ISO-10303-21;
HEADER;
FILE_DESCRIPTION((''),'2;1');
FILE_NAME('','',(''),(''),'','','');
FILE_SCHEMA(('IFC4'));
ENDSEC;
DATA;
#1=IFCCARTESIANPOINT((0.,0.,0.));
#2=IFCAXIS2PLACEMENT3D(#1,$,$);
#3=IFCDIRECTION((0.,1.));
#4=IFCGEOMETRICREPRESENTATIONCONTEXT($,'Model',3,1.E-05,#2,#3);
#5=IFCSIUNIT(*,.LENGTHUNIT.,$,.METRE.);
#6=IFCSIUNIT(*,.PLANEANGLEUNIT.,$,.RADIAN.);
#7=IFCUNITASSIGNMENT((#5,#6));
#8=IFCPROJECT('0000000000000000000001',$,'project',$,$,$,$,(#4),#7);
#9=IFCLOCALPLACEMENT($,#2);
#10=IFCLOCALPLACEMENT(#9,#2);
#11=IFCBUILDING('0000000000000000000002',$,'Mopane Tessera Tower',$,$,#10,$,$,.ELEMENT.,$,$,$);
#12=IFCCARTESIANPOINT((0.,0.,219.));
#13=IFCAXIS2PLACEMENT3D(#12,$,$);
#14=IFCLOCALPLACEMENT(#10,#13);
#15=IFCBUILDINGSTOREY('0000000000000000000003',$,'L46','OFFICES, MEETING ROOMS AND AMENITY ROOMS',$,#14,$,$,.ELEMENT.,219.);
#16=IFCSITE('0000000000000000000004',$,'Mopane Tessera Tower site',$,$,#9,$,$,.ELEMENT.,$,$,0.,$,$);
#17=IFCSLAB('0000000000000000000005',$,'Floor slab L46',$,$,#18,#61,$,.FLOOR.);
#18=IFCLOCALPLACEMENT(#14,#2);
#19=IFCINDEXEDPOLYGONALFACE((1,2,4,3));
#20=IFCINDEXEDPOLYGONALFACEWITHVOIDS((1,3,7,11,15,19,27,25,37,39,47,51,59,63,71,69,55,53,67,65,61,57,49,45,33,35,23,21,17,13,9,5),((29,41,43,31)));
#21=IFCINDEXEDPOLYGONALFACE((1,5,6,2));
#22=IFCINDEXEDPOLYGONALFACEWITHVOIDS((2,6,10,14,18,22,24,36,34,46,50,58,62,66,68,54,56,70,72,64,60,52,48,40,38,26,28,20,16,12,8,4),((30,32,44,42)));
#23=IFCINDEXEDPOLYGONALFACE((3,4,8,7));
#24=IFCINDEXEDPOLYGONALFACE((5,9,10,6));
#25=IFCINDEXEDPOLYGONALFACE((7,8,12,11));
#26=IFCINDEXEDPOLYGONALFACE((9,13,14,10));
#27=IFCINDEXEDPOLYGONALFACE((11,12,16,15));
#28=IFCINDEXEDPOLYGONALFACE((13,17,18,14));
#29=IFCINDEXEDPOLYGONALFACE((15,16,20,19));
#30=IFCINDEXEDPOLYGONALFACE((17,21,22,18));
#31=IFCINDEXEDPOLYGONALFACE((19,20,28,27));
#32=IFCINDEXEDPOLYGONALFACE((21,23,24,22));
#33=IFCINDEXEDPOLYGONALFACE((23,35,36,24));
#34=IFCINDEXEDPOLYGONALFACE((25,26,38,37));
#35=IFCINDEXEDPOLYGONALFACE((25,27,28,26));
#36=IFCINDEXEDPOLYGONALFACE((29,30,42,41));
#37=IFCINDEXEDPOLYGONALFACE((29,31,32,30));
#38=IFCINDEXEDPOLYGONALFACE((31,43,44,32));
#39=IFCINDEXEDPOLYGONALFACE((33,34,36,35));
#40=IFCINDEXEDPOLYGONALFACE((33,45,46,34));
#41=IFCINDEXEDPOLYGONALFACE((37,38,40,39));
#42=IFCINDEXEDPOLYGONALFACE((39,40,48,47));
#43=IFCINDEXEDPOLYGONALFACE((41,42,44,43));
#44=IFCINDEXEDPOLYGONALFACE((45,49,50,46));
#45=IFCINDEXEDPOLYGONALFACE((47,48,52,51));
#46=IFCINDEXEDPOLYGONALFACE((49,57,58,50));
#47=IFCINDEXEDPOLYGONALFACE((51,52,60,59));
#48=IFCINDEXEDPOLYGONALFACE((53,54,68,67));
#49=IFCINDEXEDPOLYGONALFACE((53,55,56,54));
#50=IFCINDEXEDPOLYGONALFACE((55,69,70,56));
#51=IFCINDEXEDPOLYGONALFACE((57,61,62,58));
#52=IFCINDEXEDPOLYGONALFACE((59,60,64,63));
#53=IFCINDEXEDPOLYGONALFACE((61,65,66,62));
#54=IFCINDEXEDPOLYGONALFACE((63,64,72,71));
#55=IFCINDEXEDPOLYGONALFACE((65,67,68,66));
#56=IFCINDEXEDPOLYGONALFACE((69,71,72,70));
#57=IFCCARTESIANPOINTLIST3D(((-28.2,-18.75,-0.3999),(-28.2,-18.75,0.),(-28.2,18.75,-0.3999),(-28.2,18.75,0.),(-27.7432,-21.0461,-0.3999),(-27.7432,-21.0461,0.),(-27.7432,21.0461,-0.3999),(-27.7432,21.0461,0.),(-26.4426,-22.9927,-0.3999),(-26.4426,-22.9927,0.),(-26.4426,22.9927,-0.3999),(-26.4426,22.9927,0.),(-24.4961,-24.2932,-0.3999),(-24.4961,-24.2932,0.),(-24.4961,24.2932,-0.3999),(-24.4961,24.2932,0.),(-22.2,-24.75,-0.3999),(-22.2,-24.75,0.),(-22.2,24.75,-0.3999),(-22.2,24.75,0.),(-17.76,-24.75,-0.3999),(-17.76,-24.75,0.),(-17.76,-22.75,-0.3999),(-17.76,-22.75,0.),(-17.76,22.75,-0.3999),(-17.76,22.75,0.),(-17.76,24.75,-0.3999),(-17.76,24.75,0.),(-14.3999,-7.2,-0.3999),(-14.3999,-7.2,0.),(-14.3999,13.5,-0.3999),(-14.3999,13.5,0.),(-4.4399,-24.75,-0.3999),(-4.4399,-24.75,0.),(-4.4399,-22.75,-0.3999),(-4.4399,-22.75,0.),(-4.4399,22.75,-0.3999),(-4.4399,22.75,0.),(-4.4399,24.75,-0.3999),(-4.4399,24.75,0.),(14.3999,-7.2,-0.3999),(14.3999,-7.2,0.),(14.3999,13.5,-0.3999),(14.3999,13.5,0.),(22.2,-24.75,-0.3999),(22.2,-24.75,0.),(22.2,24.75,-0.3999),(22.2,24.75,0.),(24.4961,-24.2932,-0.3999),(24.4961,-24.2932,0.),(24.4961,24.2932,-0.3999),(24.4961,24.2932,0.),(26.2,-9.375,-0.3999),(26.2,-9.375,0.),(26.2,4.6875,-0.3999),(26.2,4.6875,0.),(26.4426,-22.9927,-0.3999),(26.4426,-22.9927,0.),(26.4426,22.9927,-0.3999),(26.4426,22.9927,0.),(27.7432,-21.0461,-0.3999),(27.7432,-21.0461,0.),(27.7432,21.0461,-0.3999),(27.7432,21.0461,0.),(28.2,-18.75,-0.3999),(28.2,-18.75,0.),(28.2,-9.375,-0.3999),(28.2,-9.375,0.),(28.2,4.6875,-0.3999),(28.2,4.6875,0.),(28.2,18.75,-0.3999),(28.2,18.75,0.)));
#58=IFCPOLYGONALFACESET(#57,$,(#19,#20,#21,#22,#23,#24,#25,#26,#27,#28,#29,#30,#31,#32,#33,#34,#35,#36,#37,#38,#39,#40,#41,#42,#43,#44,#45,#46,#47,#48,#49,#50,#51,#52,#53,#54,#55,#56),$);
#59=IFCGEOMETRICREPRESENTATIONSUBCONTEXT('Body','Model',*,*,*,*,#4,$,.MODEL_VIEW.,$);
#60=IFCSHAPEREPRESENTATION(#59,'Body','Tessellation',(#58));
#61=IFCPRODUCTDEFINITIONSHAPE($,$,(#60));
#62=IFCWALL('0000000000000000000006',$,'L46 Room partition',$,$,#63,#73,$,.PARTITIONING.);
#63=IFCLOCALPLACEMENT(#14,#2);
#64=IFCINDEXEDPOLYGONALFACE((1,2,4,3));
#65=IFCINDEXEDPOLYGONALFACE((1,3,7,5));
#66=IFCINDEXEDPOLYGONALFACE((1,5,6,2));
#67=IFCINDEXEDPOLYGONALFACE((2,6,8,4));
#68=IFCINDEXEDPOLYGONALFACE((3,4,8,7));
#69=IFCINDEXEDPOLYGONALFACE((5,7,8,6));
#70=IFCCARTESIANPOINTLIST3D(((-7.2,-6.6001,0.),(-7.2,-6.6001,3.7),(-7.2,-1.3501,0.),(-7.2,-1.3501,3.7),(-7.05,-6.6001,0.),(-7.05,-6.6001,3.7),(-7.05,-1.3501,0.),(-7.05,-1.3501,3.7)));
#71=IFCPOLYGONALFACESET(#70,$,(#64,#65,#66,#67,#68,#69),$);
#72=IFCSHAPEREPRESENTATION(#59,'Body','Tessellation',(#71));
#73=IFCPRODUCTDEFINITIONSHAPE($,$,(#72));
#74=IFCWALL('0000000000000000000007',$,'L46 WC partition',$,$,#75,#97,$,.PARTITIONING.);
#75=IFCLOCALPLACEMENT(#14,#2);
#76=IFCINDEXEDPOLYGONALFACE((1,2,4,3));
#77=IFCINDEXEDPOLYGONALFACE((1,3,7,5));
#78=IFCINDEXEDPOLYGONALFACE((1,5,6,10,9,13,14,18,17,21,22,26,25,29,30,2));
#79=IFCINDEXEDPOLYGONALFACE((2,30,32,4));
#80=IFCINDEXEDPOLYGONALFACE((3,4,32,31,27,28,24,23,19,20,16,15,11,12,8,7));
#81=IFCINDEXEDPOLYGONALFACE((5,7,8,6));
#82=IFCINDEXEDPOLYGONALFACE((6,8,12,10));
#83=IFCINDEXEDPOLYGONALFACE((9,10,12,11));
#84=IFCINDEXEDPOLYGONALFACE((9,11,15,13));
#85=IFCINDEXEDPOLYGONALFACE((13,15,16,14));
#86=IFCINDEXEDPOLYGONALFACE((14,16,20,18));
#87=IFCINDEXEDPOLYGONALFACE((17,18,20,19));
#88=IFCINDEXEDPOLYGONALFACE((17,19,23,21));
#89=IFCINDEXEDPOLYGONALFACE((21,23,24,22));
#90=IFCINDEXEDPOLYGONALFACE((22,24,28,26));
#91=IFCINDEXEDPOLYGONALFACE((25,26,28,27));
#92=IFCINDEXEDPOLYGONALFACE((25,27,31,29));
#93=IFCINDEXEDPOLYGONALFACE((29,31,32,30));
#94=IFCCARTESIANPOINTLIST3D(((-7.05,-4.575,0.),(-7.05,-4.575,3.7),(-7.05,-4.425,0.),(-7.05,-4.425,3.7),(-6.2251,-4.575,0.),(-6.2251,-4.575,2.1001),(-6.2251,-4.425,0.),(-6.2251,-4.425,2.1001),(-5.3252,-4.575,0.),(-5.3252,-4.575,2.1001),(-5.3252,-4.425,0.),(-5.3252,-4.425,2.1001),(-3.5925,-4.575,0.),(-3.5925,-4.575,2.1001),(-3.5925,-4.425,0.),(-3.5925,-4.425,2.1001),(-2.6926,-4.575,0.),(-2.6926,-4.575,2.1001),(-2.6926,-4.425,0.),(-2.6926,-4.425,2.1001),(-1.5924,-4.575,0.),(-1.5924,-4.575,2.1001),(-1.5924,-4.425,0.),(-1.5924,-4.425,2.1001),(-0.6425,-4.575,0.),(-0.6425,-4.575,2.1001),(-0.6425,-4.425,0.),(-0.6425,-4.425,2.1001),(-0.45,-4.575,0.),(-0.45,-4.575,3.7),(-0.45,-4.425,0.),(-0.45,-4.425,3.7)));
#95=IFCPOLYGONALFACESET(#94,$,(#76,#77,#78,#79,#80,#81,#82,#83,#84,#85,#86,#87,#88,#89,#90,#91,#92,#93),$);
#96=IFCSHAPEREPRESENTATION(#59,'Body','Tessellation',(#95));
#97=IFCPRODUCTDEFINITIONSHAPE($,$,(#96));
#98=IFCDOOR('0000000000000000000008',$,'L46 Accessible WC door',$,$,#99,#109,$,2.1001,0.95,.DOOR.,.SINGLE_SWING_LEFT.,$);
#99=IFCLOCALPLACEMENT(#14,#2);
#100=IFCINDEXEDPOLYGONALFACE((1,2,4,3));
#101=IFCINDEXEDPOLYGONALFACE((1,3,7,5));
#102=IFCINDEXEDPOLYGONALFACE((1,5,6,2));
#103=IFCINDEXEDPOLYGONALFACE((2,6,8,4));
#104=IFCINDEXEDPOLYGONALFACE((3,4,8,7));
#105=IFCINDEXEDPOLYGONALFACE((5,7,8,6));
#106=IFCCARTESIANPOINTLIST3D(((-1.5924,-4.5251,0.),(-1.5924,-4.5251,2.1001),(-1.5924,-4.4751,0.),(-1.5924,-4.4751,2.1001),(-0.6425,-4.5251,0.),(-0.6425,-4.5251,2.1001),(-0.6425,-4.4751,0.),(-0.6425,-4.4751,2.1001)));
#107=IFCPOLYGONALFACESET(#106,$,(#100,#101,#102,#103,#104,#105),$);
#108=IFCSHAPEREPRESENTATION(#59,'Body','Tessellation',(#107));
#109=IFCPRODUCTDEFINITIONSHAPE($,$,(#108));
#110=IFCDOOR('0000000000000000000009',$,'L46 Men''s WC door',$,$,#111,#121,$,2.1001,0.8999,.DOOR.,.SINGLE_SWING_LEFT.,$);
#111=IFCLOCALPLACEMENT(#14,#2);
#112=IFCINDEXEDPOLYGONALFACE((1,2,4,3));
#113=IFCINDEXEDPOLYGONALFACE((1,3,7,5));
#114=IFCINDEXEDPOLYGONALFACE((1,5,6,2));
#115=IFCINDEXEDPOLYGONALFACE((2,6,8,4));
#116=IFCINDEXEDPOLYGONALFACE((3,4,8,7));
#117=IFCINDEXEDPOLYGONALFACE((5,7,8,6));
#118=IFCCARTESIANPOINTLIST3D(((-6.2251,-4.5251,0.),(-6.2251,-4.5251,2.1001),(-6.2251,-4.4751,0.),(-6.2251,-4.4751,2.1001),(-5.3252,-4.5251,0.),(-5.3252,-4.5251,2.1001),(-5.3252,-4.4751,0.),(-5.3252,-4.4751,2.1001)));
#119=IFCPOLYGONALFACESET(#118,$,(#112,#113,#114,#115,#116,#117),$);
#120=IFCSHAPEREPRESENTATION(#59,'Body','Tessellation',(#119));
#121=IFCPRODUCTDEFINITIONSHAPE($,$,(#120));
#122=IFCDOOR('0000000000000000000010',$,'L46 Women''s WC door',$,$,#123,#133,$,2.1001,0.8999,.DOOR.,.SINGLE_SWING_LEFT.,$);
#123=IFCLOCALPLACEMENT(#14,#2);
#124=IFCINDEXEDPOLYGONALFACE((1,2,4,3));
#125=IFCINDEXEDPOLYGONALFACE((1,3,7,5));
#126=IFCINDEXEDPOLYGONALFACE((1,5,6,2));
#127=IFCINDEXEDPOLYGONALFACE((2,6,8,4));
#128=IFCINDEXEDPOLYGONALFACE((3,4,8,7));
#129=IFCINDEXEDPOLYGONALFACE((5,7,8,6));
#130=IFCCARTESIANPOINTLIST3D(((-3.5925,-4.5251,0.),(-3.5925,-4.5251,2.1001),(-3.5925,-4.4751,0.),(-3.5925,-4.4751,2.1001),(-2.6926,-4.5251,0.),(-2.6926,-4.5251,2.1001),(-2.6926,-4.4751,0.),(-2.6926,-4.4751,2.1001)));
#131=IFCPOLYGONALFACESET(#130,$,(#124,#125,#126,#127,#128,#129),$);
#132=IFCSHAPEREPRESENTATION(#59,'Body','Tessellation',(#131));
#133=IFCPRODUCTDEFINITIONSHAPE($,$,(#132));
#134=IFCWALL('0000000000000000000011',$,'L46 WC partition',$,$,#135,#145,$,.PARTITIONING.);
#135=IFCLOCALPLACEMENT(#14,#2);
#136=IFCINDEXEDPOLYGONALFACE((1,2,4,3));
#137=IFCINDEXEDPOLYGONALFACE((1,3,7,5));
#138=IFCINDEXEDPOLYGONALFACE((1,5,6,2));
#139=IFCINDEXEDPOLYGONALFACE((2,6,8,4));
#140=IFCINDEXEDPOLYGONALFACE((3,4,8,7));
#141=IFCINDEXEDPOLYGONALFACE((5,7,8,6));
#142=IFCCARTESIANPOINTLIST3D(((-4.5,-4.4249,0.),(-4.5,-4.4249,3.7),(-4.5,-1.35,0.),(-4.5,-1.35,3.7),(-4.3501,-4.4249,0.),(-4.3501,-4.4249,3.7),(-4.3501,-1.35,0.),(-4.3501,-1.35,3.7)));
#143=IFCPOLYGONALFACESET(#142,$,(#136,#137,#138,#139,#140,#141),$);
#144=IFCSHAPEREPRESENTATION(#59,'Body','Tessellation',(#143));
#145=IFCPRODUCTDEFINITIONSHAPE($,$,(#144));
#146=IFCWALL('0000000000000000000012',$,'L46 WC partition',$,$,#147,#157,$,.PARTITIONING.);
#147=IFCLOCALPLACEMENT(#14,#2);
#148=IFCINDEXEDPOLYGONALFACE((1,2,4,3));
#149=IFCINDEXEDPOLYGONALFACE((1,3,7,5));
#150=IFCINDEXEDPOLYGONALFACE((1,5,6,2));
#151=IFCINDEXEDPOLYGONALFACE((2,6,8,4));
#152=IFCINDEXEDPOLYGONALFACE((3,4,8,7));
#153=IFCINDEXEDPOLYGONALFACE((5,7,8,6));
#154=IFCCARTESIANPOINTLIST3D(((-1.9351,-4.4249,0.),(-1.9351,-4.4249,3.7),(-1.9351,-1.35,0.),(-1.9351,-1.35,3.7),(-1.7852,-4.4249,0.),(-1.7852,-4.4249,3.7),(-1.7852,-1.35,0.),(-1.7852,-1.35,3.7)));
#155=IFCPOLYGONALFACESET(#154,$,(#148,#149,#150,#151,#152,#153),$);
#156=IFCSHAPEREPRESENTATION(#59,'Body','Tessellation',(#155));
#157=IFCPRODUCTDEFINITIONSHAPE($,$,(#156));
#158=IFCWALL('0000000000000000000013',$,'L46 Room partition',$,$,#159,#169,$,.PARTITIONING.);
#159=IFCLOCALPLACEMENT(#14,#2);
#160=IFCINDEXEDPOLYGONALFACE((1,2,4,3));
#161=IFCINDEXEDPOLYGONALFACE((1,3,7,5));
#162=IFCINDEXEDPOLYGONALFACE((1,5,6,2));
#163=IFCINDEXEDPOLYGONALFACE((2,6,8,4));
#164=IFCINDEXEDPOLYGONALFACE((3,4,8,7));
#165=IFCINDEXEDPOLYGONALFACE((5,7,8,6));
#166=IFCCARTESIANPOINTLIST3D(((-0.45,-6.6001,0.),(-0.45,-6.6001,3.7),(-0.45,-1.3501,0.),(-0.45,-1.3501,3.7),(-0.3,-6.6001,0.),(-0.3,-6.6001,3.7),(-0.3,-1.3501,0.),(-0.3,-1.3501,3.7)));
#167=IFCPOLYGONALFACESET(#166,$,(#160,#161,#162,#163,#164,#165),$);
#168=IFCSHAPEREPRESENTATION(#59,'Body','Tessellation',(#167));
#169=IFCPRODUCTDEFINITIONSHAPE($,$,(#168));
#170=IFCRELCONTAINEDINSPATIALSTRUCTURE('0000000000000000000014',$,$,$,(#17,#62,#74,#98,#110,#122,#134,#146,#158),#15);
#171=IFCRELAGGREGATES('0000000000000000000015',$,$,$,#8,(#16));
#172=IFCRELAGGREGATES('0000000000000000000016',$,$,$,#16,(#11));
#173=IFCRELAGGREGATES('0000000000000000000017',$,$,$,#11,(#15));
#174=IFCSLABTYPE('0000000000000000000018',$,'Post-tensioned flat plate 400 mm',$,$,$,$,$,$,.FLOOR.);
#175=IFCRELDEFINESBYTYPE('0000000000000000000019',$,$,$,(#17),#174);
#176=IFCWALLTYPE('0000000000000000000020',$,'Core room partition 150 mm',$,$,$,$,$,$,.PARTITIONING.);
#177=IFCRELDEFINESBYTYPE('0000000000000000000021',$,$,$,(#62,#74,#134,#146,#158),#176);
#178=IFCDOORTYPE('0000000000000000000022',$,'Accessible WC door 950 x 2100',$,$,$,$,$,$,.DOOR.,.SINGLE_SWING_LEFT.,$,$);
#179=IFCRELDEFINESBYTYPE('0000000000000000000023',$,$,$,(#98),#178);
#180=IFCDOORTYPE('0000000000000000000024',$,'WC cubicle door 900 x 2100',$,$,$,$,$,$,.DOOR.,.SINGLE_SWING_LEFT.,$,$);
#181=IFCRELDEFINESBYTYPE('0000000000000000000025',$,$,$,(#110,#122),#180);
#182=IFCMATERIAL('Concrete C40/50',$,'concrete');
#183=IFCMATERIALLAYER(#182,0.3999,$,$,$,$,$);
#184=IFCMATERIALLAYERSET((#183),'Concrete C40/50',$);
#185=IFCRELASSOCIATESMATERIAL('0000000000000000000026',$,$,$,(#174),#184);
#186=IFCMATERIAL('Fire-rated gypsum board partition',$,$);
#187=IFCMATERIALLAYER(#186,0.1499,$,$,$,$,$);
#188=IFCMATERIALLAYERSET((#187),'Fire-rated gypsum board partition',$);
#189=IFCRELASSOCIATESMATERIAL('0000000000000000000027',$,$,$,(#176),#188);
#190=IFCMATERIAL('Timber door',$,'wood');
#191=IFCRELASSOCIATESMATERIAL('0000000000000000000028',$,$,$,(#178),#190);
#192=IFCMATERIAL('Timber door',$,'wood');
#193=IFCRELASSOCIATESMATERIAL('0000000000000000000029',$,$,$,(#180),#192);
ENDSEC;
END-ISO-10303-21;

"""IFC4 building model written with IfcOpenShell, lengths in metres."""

from ifc_helpers import new_model, si_unit, direction, frame, frame_2d, origin, place, context, subcontext, project, spatial, polyline, rectangle, outline, extrude, material, layer, layer_set, type_object, element, fill, save


model = new_model("IFC4")

# Units and contexts
model_context = context("Model", 3, precision=1e-05, world=origin(), true_north=direction((0.0, 1.0)))
body_context = subcontext(model_context, "Body", "Model", "MODEL_VIEW")
ifc_project = project(units=[si_unit("LENGTHUNIT", "METRE"), si_unit("PLANEANGLEUNIT", "RADIAN")], contexts=[model_context])

# Site, building, storey
site_placement = place(None, origin())
site = spatial("IfcSite", under=ifc_project, at=site_placement, Name="Mopane Tessera Tower site", CompositionType="ELEMENT", RefElevation=0.0)
building_placement = place(site_placement, origin())
building = spatial("IfcBuilding", under=site, at=building_placement, Name="Mopane Tessera Tower", CompositionType="ELEMENT")
storey_placement = place(building_placement, frame((0.0, 0.0, 219.0)))
storey = spatial("IfcBuildingStorey", under=building, at=storey_placement, Name="L46", Description="OFFICES, MEETING ROOMS AND AMENITY ROOMS", CompositionType="ELEMENT", Elevation=219.0)

# Slab
ifc_material_1 = material(Name="Concrete C40/50", Category="concrete")
ifc_layer_1 = layer(ifc_material_1, 0.3999)
ifc_layer_set_1 = layer_set([ifc_layer_1], Name="Concrete C40/50")
slab_type = type_object("IfcSlabType", Name="Post-tensioned flat plate 400 mm", PredefinedType="FLOOR", material=ifc_layer_set_1)
slab_placement = place(storey_placement, frame((0.0, 0.0, -0.3999)))
element("IfcSlab", 1, at=slab_placement, inside=storey, type_object=slab_type, Name="Floor slab L46", PredefinedType="FLOOR", context=body_context, shape_type="SweptSolid", body=[
    extrude(outline(polyline([(-22.2, -24.75), (-17.76, -24.75), (-17.76, -22.75), (-4.4399, -22.75), (-4.4399, -24.75), (22.2, -24.75), (24.4961, -24.2932), (26.4426, -22.9927), (27.7432, -21.0461), (28.2, -18.75), (28.2, -9.375), (26.2, -9.375), (26.2, 4.6875), (28.2, 4.6875), (28.2, 18.75), (27.7432, 21.0461), (26.4426, 22.9927), (24.4961, 24.2932), (22.2, 24.75), (-4.4399, 24.75), (-4.4399, 22.75), (-17.76, 22.75), (-17.76, 24.75), (-22.2, 24.75), (-24.4961, 24.2932), (-26.4426, 22.9927), (-27.7432, 21.0461), (-28.2, 18.75), (-28.2, -18.75), (-27.7432, -21.0461), (-26.4426, -22.9927), (-24.4961, -24.2932), (-22.2, -24.75)]), holes=[polyline([(14.3999, -7.2), (-14.3999, -7.2), (-14.3999, 13.5), (14.3999, 13.5), (14.3999, -7.2)])]), origin(), (0.0, 0.0, 1.0), 0.3999),
])

# Wall
ifc_material_2 = material(Name="Fire-rated gypsum board partition")
ifc_layer_2 = layer(ifc_material_2, 0.1499)
ifc_layer_set_2 = layer_set([ifc_layer_2], Name="Fire-rated gypsum board partition")
wall_type_1 = type_object("IfcWallType", Name="Core room partition 150 mm", PredefinedType="PARTITIONING", material=ifc_layer_set_2)
wall_1_placement = place(storey_placement, frame((-7.125, -6.6001, 0.0), z_axis=(0.0, 0.0, 1.0), x_axis=(0.0, 1.0, 0.0)))
element("IfcWall", 2, at=wall_1_placement, inside=storey, type_object=wall_type_1, Name="L46 Room partition", PredefinedType="PARTITIONING", context=body_context, shape_type="SweptSolid", body=[
    extrude(rectangle(XDim=5.25, YDim=0.1499, at=frame_2d((2.625, 0.0))), origin(), (0.0, 0.0, 1.0), 3.7),
])

# Wall, openings, doors
wall_2_placement = place(storey_placement, frame((-7.05, -4.5, 0.0), z_axis=(0.0, 0.0, 1.0), x_axis=(1.0, 0.0, 0.0)))
wall_2 = element("IfcWall", 3, at=wall_2_placement, inside=storey, type_object=wall_type_1, Name="L46 WC partition", PredefinedType="PARTITIONING", context=body_context, shape_type="SweptSolid", body=[
    extrude(rectangle(XDim=6.6001, YDim=0.1499, at=frame_2d((3.3, 0.0))), origin(), (0.0, 0.0, 1.0), 3.7),
])
opening_1_placement = place(wall_2_placement, frame((0.825, 0.0, 0.0)))
opening_1 = element("IfcOpeningElement", 4, at=opening_1_placement, cuts=wall_2, PredefinedType="OPENING", context=body_context, shape_type="SweptSolid", body=[
    extrude(rectangle(XDim=0.8999, YDim=2.1001, at=frame_2d((0.45, 1.05))), frame((0.0, 0.0869, 0.0), z_axis=(0.0, -1.0, 0.0), x_axis=(1.0, 0.0, 0.0)), (0.0, 0.0, 1.0), 0.1738),
])
opening_2_placement = place(wall_2_placement, frame((3.4575, 0.0, 0.0)))
opening_2 = element("IfcOpeningElement", 5, at=opening_2_placement, cuts=wall_2, PredefinedType="OPENING", context=body_context, shape_type="SweptSolid", body=[
    extrude(rectangle(XDim=0.8999, YDim=2.1001, at=frame_2d((0.45, 1.05))), frame((0.0, 0.0869, 0.0), z_axis=(0.0, -1.0, 0.0), x_axis=(1.0, 0.0, 0.0)), (0.0, 0.0, 1.0), 0.1738),
])
opening_3_placement = place(wall_2_placement, frame((5.4575, 0.0, 0.0)))
opening_3 = element("IfcOpeningElement", 6, at=opening_3_placement, cuts=wall_2, PredefinedType="OPENING", context=body_context, shape_type="SweptSolid", body=[
    extrude(rectangle(XDim=0.95, YDim=2.1001, at=frame_2d((0.4751, 1.05))), frame((0.0, 0.0869, 0.0), z_axis=(0.0, -1.0, 0.0), x_axis=(1.0, 0.0, 0.0)), (0.0, 0.0, 1.0), 0.1738),
])
ifc_material_3 = material(Name="Timber door", Category="wood")
door_type_1 = type_object("IfcDoorType", Name="Accessible WC door 950 x 2100", OperationType="SINGLE_SWING_LEFT", PredefinedType="DOOR", material=ifc_material_3)
door_1_placement = place(opening_3_placement, origin())
door_1 = element("IfcDoor", 7, at=door_1_placement, inside=storey, type_object=door_type_1, Name="L46 Accessible WC door", OperationType="SINGLE_SWING_LEFT", OverallHeight=2.1001, OverallWidth=0.95, PredefinedType="DOOR", context=body_context, shape_type="SweptSolid", body=[
    extrude(rectangle(XDim=0.95, YDim=2.1001, at=frame_2d((0.4751, 1.05))), frame((0.0, 0.0249, 0.0), z_axis=(0.0, -1.0, 0.0), x_axis=(1.0, 0.0, 0.0)), (0.0, 0.0, 1.0), 0.05),
])
fill(opening_3, door_1)
ifc_material_4 = material(Name="Timber door", Category="wood")
door_type_2 = type_object("IfcDoorType", Name="WC cubicle door 900 x 2100", OperationType="SINGLE_SWING_LEFT", PredefinedType="DOOR", material=ifc_material_4)
door_2_placement = place(opening_1_placement, origin())
door_2 = element("IfcDoor", 8, at=door_2_placement, inside=storey, type_object=door_type_2, Name="L46 Men's WC door", OperationType="SINGLE_SWING_LEFT", OverallHeight=2.1001, OverallWidth=0.8999, PredefinedType="DOOR", context=body_context, shape_type="SweptSolid", body=[
    extrude(rectangle(XDim=0.8999, YDim=2.1001, at=frame_2d((0.45, 1.05))), frame((0.0, 0.0249, 0.0), z_axis=(0.0, -1.0, 0.0), x_axis=(1.0, 0.0, 0.0)), (0.0, 0.0, 1.0), 0.05),
])
fill(opening_1, door_2)
door_3_placement = place(opening_2_placement, origin())
door_3 = element("IfcDoor", 9, at=door_3_placement, inside=storey, type_object=door_type_2, Name="L46 Women's WC door", OperationType="SINGLE_SWING_LEFT", OverallHeight=2.1001, OverallWidth=0.8999, PredefinedType="DOOR", context=body_context, shape_type="SweptSolid", body=[
    extrude(rectangle(XDim=0.8999, YDim=2.1001, at=frame_2d((0.45, 1.05))), frame((0.0, 0.0249, 0.0), z_axis=(0.0, -1.0, 0.0), x_axis=(1.0, 0.0, 0.0)), (0.0, 0.0, 1.0), 0.05),
])
fill(opening_2, door_3)

# Walls
for number, where, z_axis, x_axis, name in (
    (10, (-4.425, -4.425, 0.0), (0.0, 0.0, 1.0), (0.0, 1.0, 0.0), "L46 WC partition"),
    (11, (-1.8601, -4.425, 0.0), (0.0, 0.0, 1.0), (0.0, 1.0, 0.0), "L46 WC partition"),
):
    element("IfcWall", number, at=place(storey_placement, frame(where, z_axis=z_axis, x_axis=x_axis)), inside=storey, type_object=wall_type_1, Name=name, PredefinedType="PARTITIONING", context=body_context, shape_type="SweptSolid", body=[
        extrude(rectangle(XDim=3.075, YDim=0.1499, at=frame_2d((1.5376, 0.0))), origin(), (0.0, 0.0, 1.0), 3.7),
    ])
wall_3_placement = place(storey_placement, frame((-0.375, -6.6001, 0.0), z_axis=(0.0, 0.0, 1.0), x_axis=(0.0, 1.0, 0.0)))
element("IfcWall", 12, at=wall_3_placement, inside=storey, type_object=wall_type_1, Name="L46 Room partition", PredefinedType="PARTITIONING", context=body_context, shape_type="SweptSolid", body=[
    extrude(rectangle(XDim=5.25, YDim=0.1499, at=frame_2d((2.625, 0.0))), origin(), (0.0, 0.0, 1.0), 3.7),
])

save(model, "model.ifc")
